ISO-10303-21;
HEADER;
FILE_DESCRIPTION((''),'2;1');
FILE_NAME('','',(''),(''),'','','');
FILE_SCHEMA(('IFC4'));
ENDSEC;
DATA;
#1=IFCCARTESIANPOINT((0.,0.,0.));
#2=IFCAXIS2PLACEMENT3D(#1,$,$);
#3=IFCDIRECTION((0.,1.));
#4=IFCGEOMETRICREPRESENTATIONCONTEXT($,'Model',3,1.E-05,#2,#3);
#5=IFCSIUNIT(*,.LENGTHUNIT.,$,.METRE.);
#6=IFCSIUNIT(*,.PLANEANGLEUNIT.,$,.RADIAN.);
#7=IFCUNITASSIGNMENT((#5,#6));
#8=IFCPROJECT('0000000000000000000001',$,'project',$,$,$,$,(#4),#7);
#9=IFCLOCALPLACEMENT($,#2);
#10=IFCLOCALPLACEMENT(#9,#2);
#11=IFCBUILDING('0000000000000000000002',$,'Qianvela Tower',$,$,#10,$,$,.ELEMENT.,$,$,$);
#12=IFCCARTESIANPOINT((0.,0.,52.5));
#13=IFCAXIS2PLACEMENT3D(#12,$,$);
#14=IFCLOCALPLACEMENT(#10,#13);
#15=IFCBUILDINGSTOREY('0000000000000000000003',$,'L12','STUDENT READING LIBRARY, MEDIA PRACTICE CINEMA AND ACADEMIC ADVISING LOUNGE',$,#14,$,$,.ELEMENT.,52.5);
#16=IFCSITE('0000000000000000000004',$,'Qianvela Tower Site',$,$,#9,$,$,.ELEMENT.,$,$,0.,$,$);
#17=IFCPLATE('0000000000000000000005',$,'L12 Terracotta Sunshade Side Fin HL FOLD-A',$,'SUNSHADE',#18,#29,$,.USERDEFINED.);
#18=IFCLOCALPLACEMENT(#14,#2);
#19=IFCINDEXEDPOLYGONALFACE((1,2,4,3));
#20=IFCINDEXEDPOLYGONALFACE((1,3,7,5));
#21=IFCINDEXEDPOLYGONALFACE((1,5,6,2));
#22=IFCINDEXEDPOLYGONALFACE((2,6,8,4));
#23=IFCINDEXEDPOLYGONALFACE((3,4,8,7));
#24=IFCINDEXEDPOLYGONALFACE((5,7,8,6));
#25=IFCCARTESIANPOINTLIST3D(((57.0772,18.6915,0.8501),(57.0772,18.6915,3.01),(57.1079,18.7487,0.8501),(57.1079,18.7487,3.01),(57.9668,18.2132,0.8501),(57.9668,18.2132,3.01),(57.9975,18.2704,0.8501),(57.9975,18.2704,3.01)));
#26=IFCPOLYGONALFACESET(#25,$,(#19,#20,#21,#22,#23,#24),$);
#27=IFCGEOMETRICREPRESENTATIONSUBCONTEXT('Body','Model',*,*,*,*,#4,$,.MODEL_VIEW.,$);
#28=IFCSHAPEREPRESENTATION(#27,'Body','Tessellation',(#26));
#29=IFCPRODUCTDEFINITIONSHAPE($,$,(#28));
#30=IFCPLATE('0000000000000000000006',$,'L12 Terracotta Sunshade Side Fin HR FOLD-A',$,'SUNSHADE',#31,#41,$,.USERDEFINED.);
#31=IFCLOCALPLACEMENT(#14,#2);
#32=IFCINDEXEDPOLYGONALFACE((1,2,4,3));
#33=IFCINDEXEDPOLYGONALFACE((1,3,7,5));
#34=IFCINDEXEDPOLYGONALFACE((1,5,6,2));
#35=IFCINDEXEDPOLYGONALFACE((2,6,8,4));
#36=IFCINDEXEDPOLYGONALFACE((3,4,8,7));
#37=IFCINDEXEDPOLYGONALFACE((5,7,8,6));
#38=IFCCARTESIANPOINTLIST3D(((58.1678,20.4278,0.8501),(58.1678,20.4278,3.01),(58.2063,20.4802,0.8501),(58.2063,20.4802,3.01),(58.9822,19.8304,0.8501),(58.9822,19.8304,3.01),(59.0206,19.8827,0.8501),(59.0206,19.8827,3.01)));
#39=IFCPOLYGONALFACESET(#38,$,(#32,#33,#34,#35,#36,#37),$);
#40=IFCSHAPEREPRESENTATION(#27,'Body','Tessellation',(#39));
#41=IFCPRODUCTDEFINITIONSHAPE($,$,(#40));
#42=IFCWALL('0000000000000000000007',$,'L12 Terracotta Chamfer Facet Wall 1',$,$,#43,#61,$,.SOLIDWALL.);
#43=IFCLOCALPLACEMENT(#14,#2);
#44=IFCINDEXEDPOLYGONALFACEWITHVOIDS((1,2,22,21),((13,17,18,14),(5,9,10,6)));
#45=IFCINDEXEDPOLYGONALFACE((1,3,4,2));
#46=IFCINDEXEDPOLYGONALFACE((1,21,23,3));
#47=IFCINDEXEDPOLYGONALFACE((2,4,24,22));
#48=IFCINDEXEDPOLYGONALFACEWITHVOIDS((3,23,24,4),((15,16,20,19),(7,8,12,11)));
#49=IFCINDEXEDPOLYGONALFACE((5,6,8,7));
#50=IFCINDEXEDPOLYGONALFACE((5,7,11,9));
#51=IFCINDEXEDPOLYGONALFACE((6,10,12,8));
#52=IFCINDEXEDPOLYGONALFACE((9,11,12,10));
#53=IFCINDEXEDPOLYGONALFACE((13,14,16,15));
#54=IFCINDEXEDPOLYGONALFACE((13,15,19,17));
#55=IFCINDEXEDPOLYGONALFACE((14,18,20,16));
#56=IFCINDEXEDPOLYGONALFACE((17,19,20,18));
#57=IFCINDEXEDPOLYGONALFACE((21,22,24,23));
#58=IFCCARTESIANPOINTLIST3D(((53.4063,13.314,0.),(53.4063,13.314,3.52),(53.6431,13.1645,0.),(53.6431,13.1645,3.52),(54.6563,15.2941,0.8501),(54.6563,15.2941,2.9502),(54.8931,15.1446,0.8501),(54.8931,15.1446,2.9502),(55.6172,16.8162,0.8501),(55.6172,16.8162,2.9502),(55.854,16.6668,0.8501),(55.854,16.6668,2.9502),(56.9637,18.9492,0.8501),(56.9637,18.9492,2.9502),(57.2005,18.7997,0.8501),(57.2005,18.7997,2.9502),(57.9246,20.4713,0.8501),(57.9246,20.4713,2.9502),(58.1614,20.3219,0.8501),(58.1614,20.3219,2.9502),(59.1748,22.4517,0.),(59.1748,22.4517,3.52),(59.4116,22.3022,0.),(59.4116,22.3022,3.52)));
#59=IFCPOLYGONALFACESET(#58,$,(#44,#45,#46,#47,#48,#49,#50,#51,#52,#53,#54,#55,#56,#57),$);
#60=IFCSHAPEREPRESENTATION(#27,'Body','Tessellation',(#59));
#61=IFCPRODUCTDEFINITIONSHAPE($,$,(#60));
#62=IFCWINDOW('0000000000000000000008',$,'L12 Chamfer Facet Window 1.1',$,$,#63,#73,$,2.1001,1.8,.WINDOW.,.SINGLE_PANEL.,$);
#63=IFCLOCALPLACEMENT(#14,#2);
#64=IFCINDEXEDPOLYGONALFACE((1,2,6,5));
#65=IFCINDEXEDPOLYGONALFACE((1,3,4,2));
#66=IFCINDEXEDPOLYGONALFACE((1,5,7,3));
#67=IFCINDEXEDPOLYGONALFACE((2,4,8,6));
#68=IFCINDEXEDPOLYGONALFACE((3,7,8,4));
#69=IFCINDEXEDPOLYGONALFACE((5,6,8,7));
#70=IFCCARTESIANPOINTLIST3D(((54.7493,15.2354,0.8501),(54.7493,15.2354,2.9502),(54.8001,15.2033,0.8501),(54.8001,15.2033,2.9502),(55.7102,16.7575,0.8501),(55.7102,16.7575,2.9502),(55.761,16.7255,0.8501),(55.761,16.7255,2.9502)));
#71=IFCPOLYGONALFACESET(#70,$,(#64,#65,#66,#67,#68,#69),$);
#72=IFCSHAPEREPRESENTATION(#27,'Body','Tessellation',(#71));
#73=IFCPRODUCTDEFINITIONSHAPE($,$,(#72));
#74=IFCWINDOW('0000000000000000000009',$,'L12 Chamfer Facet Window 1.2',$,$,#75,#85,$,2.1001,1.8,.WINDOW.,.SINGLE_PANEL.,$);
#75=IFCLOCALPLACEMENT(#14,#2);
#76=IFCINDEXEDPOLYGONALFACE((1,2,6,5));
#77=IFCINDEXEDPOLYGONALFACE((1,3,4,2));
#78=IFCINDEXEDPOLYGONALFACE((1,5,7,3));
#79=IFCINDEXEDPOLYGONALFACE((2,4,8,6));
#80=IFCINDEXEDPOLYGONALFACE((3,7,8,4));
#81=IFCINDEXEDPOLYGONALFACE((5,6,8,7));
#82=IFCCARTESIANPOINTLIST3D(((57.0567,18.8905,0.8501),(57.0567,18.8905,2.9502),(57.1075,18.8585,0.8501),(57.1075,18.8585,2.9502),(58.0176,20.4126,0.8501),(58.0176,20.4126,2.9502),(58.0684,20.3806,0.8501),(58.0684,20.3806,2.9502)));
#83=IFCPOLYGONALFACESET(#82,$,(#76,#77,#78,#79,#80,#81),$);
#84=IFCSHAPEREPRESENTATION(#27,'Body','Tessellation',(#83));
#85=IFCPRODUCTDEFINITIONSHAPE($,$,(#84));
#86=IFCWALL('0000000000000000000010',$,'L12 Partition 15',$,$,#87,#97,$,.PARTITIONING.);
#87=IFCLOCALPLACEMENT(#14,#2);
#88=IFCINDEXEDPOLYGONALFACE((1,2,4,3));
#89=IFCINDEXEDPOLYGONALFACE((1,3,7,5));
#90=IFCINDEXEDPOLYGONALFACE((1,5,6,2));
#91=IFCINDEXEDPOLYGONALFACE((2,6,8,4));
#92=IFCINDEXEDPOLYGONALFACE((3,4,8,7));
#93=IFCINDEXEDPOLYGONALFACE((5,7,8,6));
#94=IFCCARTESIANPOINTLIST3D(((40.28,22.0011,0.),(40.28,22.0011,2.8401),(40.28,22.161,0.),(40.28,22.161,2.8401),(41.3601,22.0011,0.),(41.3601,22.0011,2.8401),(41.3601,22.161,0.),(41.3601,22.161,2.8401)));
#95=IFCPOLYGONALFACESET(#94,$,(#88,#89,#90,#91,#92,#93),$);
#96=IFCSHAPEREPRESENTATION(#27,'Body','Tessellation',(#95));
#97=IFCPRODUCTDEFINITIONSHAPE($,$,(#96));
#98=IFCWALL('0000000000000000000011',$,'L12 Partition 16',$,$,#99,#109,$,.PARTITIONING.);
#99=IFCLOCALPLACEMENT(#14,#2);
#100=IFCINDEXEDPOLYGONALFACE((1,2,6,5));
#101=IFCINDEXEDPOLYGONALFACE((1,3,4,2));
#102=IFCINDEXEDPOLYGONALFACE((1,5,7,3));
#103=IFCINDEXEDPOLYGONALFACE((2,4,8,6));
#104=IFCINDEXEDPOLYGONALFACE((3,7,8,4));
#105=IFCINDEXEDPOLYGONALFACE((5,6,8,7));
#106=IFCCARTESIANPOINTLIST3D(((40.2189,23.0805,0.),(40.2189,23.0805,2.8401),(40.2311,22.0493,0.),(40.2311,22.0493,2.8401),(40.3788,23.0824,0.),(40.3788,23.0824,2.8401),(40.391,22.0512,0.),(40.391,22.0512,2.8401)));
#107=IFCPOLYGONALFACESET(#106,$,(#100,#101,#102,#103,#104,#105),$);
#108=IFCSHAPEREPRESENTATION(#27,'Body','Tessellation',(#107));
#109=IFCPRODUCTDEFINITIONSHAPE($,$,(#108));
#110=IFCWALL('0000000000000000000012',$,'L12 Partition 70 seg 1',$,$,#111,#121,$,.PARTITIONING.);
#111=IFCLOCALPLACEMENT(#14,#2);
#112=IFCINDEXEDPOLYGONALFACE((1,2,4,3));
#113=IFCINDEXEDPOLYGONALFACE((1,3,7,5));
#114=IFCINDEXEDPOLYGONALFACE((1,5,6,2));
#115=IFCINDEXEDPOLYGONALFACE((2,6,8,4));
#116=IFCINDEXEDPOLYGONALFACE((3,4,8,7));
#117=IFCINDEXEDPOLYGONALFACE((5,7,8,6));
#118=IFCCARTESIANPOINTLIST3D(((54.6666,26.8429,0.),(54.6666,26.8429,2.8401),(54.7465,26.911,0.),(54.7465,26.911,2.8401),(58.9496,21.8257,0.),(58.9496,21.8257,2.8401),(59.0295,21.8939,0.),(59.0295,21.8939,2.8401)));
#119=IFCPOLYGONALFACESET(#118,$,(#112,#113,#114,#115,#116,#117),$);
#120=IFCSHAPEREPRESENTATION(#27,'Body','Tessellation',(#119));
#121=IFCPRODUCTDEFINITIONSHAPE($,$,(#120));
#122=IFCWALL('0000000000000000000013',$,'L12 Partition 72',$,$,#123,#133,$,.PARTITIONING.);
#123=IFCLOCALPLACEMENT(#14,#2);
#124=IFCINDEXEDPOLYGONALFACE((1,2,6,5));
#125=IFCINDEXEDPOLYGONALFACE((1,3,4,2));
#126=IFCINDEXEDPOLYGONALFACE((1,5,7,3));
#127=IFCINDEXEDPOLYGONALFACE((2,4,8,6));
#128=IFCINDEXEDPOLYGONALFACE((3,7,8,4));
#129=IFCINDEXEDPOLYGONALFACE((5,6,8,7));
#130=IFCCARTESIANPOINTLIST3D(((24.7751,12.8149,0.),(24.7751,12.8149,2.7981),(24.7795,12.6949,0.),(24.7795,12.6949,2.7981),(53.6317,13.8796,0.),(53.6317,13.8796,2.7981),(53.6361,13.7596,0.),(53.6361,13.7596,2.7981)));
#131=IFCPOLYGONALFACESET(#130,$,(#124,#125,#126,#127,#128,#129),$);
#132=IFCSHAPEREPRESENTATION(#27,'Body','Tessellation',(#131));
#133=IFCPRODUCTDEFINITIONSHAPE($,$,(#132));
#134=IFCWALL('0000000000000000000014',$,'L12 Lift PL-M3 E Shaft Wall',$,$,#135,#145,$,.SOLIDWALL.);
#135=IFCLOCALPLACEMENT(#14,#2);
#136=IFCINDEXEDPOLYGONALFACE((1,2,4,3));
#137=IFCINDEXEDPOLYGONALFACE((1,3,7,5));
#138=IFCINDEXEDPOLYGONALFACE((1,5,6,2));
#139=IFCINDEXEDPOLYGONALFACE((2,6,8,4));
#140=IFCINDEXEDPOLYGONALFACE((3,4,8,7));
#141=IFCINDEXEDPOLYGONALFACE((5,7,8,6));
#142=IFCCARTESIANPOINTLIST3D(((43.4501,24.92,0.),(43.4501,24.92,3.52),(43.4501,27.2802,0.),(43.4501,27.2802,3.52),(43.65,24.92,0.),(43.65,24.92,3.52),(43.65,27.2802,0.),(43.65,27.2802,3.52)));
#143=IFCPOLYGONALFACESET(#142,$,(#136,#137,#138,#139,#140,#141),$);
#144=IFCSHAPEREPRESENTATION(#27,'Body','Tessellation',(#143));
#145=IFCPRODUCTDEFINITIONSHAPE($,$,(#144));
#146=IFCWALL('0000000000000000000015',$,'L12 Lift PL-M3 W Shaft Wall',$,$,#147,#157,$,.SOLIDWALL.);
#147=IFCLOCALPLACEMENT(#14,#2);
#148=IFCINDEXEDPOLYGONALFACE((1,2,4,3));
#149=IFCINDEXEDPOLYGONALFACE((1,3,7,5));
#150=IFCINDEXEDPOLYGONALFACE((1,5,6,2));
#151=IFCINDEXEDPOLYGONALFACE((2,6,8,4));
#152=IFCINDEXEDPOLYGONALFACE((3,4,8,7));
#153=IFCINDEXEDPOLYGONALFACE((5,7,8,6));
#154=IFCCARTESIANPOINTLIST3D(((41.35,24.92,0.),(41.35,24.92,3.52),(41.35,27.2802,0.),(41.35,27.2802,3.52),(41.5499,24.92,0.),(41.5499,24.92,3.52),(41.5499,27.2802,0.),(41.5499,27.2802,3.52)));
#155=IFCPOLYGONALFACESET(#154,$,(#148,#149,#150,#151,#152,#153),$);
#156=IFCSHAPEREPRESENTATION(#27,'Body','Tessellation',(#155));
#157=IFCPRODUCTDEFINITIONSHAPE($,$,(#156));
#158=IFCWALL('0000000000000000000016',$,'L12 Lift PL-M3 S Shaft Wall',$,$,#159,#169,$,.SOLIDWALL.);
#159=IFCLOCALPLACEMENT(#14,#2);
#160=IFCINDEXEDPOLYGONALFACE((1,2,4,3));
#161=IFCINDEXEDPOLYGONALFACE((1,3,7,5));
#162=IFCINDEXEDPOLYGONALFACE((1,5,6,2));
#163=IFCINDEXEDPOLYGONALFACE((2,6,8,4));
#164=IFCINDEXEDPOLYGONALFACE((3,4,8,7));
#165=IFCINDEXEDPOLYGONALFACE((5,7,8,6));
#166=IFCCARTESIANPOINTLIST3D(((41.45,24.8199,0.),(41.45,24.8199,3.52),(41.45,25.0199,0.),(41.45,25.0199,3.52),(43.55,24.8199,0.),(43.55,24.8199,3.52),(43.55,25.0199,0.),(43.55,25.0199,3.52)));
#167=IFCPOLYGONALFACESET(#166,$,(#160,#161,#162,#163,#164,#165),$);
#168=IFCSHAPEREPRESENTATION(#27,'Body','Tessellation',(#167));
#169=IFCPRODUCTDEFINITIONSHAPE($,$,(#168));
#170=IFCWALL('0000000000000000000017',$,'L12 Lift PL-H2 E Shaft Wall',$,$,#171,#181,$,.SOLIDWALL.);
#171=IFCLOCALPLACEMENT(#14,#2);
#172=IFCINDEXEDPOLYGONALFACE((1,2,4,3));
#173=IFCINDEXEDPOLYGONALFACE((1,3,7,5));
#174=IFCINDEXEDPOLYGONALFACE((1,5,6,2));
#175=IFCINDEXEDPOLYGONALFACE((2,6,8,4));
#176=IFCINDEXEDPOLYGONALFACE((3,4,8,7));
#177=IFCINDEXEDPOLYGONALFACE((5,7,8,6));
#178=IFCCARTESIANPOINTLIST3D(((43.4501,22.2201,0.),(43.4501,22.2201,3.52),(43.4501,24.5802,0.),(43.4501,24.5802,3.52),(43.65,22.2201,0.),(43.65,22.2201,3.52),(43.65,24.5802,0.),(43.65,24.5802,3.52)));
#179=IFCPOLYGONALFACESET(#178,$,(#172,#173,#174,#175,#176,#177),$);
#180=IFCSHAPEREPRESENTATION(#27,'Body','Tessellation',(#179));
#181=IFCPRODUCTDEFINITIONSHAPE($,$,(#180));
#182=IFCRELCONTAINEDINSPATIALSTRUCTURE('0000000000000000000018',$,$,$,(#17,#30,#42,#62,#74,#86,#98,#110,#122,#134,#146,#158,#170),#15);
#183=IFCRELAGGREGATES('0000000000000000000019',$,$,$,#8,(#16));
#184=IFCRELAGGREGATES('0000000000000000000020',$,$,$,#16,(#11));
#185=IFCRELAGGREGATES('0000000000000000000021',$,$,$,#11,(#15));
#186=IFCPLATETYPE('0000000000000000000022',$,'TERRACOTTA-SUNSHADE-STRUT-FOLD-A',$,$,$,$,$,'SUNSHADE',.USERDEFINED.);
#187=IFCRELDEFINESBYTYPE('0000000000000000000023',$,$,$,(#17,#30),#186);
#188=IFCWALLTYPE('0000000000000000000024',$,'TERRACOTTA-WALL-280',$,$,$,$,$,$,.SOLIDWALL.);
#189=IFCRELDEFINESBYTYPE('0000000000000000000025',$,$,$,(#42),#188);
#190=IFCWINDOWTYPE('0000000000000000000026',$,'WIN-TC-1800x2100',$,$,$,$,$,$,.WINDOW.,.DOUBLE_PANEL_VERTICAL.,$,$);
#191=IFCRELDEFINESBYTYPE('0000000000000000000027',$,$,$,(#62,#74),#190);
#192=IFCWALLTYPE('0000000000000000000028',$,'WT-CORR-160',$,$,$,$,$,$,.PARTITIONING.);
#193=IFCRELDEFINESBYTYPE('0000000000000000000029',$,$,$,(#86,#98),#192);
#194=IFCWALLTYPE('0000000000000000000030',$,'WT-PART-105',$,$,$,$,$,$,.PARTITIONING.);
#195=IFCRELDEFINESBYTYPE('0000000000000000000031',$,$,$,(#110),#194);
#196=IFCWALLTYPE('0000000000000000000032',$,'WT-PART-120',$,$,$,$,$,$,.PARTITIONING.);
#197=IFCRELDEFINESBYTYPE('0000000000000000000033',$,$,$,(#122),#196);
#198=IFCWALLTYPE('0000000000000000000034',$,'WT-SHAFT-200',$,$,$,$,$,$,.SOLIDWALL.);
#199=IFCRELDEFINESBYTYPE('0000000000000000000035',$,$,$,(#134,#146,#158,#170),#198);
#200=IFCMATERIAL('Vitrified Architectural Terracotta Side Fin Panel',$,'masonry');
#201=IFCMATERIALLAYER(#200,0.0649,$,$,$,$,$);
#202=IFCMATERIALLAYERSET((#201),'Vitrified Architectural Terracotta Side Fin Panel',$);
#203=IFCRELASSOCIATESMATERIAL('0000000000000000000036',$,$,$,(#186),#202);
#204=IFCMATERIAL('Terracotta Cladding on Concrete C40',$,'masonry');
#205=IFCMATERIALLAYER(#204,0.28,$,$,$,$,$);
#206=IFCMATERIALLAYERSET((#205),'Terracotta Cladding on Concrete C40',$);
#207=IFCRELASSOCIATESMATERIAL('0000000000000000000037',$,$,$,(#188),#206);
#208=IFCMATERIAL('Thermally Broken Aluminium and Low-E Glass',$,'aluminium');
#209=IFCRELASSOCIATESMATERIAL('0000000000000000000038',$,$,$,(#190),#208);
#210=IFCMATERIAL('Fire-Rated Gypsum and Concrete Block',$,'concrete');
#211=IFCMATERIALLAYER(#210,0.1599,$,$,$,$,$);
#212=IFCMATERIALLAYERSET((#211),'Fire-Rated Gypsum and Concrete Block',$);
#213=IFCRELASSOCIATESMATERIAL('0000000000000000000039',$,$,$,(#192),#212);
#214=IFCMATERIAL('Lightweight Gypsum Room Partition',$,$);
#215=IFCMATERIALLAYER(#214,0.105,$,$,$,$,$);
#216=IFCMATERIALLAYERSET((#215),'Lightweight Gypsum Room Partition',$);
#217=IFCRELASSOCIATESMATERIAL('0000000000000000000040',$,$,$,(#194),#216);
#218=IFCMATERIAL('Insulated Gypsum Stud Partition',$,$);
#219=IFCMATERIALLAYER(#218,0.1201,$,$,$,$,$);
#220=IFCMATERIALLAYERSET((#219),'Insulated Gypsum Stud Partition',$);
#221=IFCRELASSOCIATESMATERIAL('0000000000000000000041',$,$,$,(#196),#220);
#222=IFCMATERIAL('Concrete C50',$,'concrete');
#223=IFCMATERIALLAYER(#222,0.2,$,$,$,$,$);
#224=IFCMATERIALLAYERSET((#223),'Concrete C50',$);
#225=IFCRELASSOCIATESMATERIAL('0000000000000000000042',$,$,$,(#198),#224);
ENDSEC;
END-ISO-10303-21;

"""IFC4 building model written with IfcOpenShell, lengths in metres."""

from ifc_helpers import new_model, si_unit, direction, frame, frame_2d, origin, origin_2d, place, context, subcontext, project, spatial, rectangle, extrude, material, layer, layer_set, type_object, element, fill, save


model = new_model("IFC4")

# Units and contexts
model_context = context("Model", 3, precision=1e-05, world=origin(), true_north=direction((0.0, 1.0)))
body_context = subcontext(model_context, "Body", "Model", "MODEL_VIEW")
ifc_project = project(units=[si_unit("LENGTHUNIT", "METRE"), si_unit("PLANEANGLEUNIT", "RADIAN")], contexts=[model_context])

# Site, building, storey
site_placement = place(None, origin())
site = spatial("IfcSite", under=ifc_project, at=site_placement, Name="Qianvela Tower Site", CompositionType="ELEMENT", RefElevation=0.0)
building_placement = place(site_placement, origin())
building = spatial("IfcBuilding", under=site, at=building_placement, Name="Qianvela Tower", CompositionType="ELEMENT")
storey_placement = place(building_placement, frame((0.0, 0.0, 52.5)))
storey = spatial("IfcBuildingStorey", under=building, at=storey_placement, Name="L12", Description="STUDENT READING LIBRARY, MEDIA PRACTICE CINEMA AND ACADEMIC ADVISING LOUNGE", CompositionType="ELEMENT", Elevation=52.5)

# Plates
ifc_material_1 = material(Name="Vitrified Architectural Terracotta Side Fin Panel", Category="masonry")
ifc_layer_1 = layer(ifc_material_1, 0.0649)
ifc_layer_set_1 = layer_set([ifc_layer_1], Name="Vitrified Architectural Terracotta Side Fin Panel")
plate_type_1 = type_object("IfcPlateType", Name="TERRACOTTA-SUNSHADE-STRUT-FOLD-A", ElementType="SUNSHADE", PredefinedType="USERDEFINED", material=ifc_layer_set_1)
for number, where, z_axis, x_axis, name in (
    (1, (57.5374, 18.481, 0.8501), (0.0, 0.0, 1.0), (0.473526, 0.88078, 0.0), "L12 Terracotta Sunshade Side Fin HL FOLD-A"),
    (2, (58.5942, 20.1553, 0.8501), (0.0, 0.0, 1.0), (0.591498, 0.806306, 0.0), "L12 Terracotta Sunshade Side Fin HR FOLD-A"),
):
    element("IfcPlate", number, at=place(storey_placement, frame(where, z_axis=z_axis, x_axis=x_axis)), inside=storey, type_object=plate_type_1, Name=name, ObjectType="SUNSHADE", PredefinedType="USERDEFINED", context=body_context, shape_type="SweptSolid", body=[
        extrude(rectangle(XDim=0.0649, YDim=1.01, at=origin_2d()), origin(), (0.0, 0.0, 1.0), 2.1599),
    ])

# Wall, openings, windows
ifc_material_2 = material(Name="Terracotta Cladding on Concrete C40", Category="masonry")
ifc_layer_2 = layer(ifc_material_2, 0.28)
ifc_layer_set_2 = layer_set([ifc_layer_2], Name="Terracotta Cladding on Concrete C40")
wall_type_1 = type_object("IfcWallType", Name="TERRACOTTA-WALL-280", PredefinedType="SOLIDWALL", material=ifc_layer_set_2)
wall_1_placement = place(storey_placement, frame((53.5247, 13.2393, 0.0), z_axis=(0.0, 0.0, 1.0), x_axis=(0.53382, 0.845598, 0.0)))
wall_1 = element("IfcWall", 3, at=wall_1_placement, inside=storey, type_object=wall_type_1, Name="L12 Terracotta Chamfer Facet Wall 1", PredefinedType="SOLIDWALL", context=body_context, shape_type="SweptSolid", body=[
    extrude(rectangle(XDim=10.8062, YDim=0.28, at=frame_2d((5.4031, 0.0))), origin(), (0.0, 0.0, 1.0), 3.52),
])
opening_1_placement = place(wall_1_placement, frame((2.3418, 0.0, 0.8501)))
opening_1 = element("IfcOpeningElement", 4, at=opening_1_placement, cuts=wall_1, PredefinedType="OPENING", context=body_context, shape_type="SweptSolid", body=[
    extrude(rectangle(XDim=1.8, YDim=2.1001, at=frame_2d((0.8999, 1.05))), frame((0.0, 0.1499, 0.0), z_axis=(0.0, -1.0, 0.0), x_axis=(1.0, 0.0, 0.0)), (0.0, 0.0, 1.0), 0.3),
])
opening_2_placement = place(wall_1_placement, frame((6.6643, 0.0, 0.8501)))
opening_2 = element("IfcOpeningElement", 5, at=opening_2_placement, cuts=wall_1, PredefinedType="OPENING", context=body_context, shape_type="SweptSolid", body=[
    extrude(rectangle(XDim=1.8, YDim=2.1001, at=frame_2d((0.8999, 1.05))), frame((0.0, 0.1499, 0.0), z_axis=(0.0, -1.0, 0.0), x_axis=(1.0, 0.0, 0.0)), (0.0, 0.0, 1.0), 0.3),
])
ifc_material_3 = material(Name="Thermally Broken Aluminium and Low-E Glass", Category="aluminium")
window_type = type_object("IfcWindowType", Name="WIN-TC-1800x2100", PartitioningType="DOUBLE_PANEL_VERTICAL", PredefinedType="WINDOW", material=ifc_material_3)
window_1_placement = place(opening_1_placement, origin())
window_1 = element("IfcWindow", 6, at=window_1_placement, inside=storey, type_object=window_type, Name="L12 Chamfer Facet Window 1.1", OverallHeight=2.1001, OverallWidth=1.8, PartitioningType="SINGLE_PANEL", PredefinedType="WINDOW", context=body_context, shape_type="SweptSolid", body=[
    extrude(rectangle(XDim=1.8, YDim=2.1001, at=frame_2d((0.8999, 1.05))), frame((0.0, 0.03, 0.0), z_axis=(0.0, -1.0, 0.0), x_axis=(1.0, 0.0, 0.0)), (0.0, 0.0, 1.0), 0.0601),
])
fill(opening_1, window_1)
window_2_placement = place(opening_2_placement, origin())
window_2 = element("IfcWindow", 7, at=window_2_placement, inside=storey, type_object=window_type, Name="L12 Chamfer Facet Window 1.2", OverallHeight=2.1001, OverallWidth=1.8, PartitioningType="SINGLE_PANEL", PredefinedType="WINDOW", context=body_context, shape_type="SweptSolid", body=[
    extrude(rectangle(XDim=1.8, YDim=2.1001, at=frame_2d((0.8999, 1.05))), frame((0.0, 0.03, 0.0), z_axis=(0.0, -1.0, 0.0), x_axis=(1.0, 0.0, 0.0)), (0.0, 0.0, 1.0), 0.0601),
])
fill(opening_2, window_2)

# Walls
ifc_material_4 = material(Name="Fire-Rated Gypsum and Concrete Block", Category="concrete")
ifc_layer_3 = layer(ifc_material_4, 0.1599)
ifc_layer_set_3 = layer_set([ifc_layer_3], Name="Fire-Rated Gypsum and Concrete Block")
wall_type_2 = type_object("IfcWallType", Name="WT-CORR-160", PredefinedType="PARTITIONING", material=ifc_layer_set_3)
wall_2_placement = place(storey_placement, frame((41.3601, 22.0811, 0.0), z_axis=(0.0, 0.0, 1.0), x_axis=(-1.0, 0.0, 0.0)))
element("IfcWall", 8, at=wall_2_placement, inside=storey, type_object=wall_type_2, Name="L12 Partition 15", PredefinedType="PARTITIONING", context=body_context, shape_type="SweptSolid", body=[
    extrude(rectangle(XDim=1.0801, YDim=0.1599, at=frame_2d((0.54, 0.0))), origin(), (0.0, 0.0, 1.0), 2.8401),
])
wall_3_placement = place(storey_placement, frame((40.311, 22.0503, 0.0), z_axis=(0.0, 0.0, 1.0), x_axis=(-0.011836, 0.99993, 0.0)))
element("IfcWall", 9, at=wall_3_placement, inside=storey, type_object=wall_type_2, Name="L12 Partition 16", PredefinedType="PARTITIONING", context=body_context, shape_type="SweptSolid", body=[
    extrude(rectangle(XDim=1.0312, YDim=0.1599, at=frame_2d((0.5156, 0.0))), origin(), (0.0, 0.0, 1.0), 2.8401),
])
ifc_material_5 = material(Name="Lightweight Gypsum Room Partition")
ifc_layer_4 = layer(ifc_material_5, 0.105)
ifc_layer_set_4 = layer_set([ifc_layer_4], Name="Lightweight Gypsum Room Partition")
wall_type_3 = type_object("IfcWallType", Name="WT-PART-105", PredefinedType="PARTITIONING", material=ifc_layer_set_4)
wall_4_placement = place(storey_placement, frame((54.7065, 26.877, 0.0), z_axis=(0.0, 0.0, 1.0), x_axis=(0.649269, -0.760559, 0.0)))
element("IfcWall", 10, at=wall_4_placement, inside=storey, type_object=wall_type_3, Name="L12 Partition 70 seg 1", PredefinedType="PARTITIONING", context=body_context, shape_type="SweptSolid", body=[
    extrude(rectangle(XDim=6.5967, YDim=0.105, at=frame_2d((3.2983, 0.0))), origin(), (0.0, 0.0, 1.0), 2.8401),
])
ifc_material_6 = material(Name="Insulated Gypsum Stud Partition")
ifc_layer_5 = layer(ifc_material_6, 0.1201)
ifc_layer_set_5 = layer_set([ifc_layer_5], Name="Insulated Gypsum Stud Partition")
wall_type_4 = type_object("IfcWallType", Name="WT-PART-120", PredefinedType="PARTITIONING", material=ifc_layer_set_5)
wall_5_placement = place(storey_placement, frame((53.6338, 13.8196, 0.0), z_axis=(0.0, 0.0, 1.0), x_axis=(-0.99932, -0.036871, 0.0)))
element("IfcWall", 11, at=wall_5_placement, inside=storey, type_object=wall_type_4, Name="L12 Partition 72", PredefinedType="PARTITIONING", context=body_context, shape_type="SweptSolid", body=[
    extrude(rectangle(XDim=28.8762, YDim=0.1201, at=frame_2d((14.438, 0.0))), origin(), (0.0, 0.0, 1.0), 2.7981),
])
ifc_material_7 = material(Name="Concrete C50", Category="concrete")
ifc_layer_6 = layer(ifc_material_7, 0.2)
ifc_layer_set_6 = layer_set([ifc_layer_6], Name="Concrete C50")
wall_type_5 = type_object("IfcWallType", Name="WT-SHAFT-200", PredefinedType="SOLIDWALL", material=ifc_layer_set_6)
for number, where, z_axis, x_axis, name in (
    (12, (43.55, 24.9199, 0.0), (0.0, 0.0, 1.0), (0.0, 1.0, 0.0), "L12 Lift PL-M3 E Shaft Wall"),
    (13, (41.45, 24.9199, 0.0), (0.0, 0.0, 1.0), (0.0, 1.0, 0.0), "L12 Lift PL-M3 W Shaft Wall"),
):
    element("IfcWall", number, at=place(storey_placement, frame(where, z_axis=z_axis, x_axis=x_axis)), inside=storey, type_object=wall_type_5, Name=name, PredefinedType="SOLIDWALL", context=body_context, shape_type="SweptSolid", body=[
        extrude(rectangle(XDim=2.3601, YDim=0.2, at=frame_2d((1.1802, 0.0))), origin(), (0.0, 0.0, 1.0), 3.52),
    ])
wall_6_placement = place(storey_placement, frame((41.45, 24.9199, 0.0), z_axis=(0.0, 0.0, 1.0), x_axis=(1.0, 0.0, 0.0)))
element("IfcWall", 14, at=wall_6_placement, inside=storey, type_object=wall_type_5, Name="L12 Lift PL-M3 S Shaft Wall", PredefinedType="SOLIDWALL", context=body_context, shape_type="SweptSolid", body=[
    extrude(rectangle(XDim=2.1001, YDim=0.2, at=frame_2d((1.05, 0.0))), origin(), (0.0, 0.0, 1.0), 3.52),
])
for number, where, z_axis, x_axis, name in (
    (15, (43.55, 22.22, 0.0), (0.0, 0.0, 1.0), (0.0, 1.0, 0.0), "L12 Lift PL-H2 E Shaft Wall"),
):
    element("IfcWall", number, at=place(storey_placement, frame(where, z_axis=z_axis, x_axis=x_axis)), inside=storey, type_object=wall_type_5, Name=name, PredefinedType="SOLIDWALL", context=body_context, shape_type="SweptSolid", body=[
        extrude(rectangle(XDim=2.3601, YDim=0.2, at=frame_2d((1.1802, 0.0))), origin(), (0.0, 0.0, 1.0), 3.52),
    ])

save(model, "model.ifc")
